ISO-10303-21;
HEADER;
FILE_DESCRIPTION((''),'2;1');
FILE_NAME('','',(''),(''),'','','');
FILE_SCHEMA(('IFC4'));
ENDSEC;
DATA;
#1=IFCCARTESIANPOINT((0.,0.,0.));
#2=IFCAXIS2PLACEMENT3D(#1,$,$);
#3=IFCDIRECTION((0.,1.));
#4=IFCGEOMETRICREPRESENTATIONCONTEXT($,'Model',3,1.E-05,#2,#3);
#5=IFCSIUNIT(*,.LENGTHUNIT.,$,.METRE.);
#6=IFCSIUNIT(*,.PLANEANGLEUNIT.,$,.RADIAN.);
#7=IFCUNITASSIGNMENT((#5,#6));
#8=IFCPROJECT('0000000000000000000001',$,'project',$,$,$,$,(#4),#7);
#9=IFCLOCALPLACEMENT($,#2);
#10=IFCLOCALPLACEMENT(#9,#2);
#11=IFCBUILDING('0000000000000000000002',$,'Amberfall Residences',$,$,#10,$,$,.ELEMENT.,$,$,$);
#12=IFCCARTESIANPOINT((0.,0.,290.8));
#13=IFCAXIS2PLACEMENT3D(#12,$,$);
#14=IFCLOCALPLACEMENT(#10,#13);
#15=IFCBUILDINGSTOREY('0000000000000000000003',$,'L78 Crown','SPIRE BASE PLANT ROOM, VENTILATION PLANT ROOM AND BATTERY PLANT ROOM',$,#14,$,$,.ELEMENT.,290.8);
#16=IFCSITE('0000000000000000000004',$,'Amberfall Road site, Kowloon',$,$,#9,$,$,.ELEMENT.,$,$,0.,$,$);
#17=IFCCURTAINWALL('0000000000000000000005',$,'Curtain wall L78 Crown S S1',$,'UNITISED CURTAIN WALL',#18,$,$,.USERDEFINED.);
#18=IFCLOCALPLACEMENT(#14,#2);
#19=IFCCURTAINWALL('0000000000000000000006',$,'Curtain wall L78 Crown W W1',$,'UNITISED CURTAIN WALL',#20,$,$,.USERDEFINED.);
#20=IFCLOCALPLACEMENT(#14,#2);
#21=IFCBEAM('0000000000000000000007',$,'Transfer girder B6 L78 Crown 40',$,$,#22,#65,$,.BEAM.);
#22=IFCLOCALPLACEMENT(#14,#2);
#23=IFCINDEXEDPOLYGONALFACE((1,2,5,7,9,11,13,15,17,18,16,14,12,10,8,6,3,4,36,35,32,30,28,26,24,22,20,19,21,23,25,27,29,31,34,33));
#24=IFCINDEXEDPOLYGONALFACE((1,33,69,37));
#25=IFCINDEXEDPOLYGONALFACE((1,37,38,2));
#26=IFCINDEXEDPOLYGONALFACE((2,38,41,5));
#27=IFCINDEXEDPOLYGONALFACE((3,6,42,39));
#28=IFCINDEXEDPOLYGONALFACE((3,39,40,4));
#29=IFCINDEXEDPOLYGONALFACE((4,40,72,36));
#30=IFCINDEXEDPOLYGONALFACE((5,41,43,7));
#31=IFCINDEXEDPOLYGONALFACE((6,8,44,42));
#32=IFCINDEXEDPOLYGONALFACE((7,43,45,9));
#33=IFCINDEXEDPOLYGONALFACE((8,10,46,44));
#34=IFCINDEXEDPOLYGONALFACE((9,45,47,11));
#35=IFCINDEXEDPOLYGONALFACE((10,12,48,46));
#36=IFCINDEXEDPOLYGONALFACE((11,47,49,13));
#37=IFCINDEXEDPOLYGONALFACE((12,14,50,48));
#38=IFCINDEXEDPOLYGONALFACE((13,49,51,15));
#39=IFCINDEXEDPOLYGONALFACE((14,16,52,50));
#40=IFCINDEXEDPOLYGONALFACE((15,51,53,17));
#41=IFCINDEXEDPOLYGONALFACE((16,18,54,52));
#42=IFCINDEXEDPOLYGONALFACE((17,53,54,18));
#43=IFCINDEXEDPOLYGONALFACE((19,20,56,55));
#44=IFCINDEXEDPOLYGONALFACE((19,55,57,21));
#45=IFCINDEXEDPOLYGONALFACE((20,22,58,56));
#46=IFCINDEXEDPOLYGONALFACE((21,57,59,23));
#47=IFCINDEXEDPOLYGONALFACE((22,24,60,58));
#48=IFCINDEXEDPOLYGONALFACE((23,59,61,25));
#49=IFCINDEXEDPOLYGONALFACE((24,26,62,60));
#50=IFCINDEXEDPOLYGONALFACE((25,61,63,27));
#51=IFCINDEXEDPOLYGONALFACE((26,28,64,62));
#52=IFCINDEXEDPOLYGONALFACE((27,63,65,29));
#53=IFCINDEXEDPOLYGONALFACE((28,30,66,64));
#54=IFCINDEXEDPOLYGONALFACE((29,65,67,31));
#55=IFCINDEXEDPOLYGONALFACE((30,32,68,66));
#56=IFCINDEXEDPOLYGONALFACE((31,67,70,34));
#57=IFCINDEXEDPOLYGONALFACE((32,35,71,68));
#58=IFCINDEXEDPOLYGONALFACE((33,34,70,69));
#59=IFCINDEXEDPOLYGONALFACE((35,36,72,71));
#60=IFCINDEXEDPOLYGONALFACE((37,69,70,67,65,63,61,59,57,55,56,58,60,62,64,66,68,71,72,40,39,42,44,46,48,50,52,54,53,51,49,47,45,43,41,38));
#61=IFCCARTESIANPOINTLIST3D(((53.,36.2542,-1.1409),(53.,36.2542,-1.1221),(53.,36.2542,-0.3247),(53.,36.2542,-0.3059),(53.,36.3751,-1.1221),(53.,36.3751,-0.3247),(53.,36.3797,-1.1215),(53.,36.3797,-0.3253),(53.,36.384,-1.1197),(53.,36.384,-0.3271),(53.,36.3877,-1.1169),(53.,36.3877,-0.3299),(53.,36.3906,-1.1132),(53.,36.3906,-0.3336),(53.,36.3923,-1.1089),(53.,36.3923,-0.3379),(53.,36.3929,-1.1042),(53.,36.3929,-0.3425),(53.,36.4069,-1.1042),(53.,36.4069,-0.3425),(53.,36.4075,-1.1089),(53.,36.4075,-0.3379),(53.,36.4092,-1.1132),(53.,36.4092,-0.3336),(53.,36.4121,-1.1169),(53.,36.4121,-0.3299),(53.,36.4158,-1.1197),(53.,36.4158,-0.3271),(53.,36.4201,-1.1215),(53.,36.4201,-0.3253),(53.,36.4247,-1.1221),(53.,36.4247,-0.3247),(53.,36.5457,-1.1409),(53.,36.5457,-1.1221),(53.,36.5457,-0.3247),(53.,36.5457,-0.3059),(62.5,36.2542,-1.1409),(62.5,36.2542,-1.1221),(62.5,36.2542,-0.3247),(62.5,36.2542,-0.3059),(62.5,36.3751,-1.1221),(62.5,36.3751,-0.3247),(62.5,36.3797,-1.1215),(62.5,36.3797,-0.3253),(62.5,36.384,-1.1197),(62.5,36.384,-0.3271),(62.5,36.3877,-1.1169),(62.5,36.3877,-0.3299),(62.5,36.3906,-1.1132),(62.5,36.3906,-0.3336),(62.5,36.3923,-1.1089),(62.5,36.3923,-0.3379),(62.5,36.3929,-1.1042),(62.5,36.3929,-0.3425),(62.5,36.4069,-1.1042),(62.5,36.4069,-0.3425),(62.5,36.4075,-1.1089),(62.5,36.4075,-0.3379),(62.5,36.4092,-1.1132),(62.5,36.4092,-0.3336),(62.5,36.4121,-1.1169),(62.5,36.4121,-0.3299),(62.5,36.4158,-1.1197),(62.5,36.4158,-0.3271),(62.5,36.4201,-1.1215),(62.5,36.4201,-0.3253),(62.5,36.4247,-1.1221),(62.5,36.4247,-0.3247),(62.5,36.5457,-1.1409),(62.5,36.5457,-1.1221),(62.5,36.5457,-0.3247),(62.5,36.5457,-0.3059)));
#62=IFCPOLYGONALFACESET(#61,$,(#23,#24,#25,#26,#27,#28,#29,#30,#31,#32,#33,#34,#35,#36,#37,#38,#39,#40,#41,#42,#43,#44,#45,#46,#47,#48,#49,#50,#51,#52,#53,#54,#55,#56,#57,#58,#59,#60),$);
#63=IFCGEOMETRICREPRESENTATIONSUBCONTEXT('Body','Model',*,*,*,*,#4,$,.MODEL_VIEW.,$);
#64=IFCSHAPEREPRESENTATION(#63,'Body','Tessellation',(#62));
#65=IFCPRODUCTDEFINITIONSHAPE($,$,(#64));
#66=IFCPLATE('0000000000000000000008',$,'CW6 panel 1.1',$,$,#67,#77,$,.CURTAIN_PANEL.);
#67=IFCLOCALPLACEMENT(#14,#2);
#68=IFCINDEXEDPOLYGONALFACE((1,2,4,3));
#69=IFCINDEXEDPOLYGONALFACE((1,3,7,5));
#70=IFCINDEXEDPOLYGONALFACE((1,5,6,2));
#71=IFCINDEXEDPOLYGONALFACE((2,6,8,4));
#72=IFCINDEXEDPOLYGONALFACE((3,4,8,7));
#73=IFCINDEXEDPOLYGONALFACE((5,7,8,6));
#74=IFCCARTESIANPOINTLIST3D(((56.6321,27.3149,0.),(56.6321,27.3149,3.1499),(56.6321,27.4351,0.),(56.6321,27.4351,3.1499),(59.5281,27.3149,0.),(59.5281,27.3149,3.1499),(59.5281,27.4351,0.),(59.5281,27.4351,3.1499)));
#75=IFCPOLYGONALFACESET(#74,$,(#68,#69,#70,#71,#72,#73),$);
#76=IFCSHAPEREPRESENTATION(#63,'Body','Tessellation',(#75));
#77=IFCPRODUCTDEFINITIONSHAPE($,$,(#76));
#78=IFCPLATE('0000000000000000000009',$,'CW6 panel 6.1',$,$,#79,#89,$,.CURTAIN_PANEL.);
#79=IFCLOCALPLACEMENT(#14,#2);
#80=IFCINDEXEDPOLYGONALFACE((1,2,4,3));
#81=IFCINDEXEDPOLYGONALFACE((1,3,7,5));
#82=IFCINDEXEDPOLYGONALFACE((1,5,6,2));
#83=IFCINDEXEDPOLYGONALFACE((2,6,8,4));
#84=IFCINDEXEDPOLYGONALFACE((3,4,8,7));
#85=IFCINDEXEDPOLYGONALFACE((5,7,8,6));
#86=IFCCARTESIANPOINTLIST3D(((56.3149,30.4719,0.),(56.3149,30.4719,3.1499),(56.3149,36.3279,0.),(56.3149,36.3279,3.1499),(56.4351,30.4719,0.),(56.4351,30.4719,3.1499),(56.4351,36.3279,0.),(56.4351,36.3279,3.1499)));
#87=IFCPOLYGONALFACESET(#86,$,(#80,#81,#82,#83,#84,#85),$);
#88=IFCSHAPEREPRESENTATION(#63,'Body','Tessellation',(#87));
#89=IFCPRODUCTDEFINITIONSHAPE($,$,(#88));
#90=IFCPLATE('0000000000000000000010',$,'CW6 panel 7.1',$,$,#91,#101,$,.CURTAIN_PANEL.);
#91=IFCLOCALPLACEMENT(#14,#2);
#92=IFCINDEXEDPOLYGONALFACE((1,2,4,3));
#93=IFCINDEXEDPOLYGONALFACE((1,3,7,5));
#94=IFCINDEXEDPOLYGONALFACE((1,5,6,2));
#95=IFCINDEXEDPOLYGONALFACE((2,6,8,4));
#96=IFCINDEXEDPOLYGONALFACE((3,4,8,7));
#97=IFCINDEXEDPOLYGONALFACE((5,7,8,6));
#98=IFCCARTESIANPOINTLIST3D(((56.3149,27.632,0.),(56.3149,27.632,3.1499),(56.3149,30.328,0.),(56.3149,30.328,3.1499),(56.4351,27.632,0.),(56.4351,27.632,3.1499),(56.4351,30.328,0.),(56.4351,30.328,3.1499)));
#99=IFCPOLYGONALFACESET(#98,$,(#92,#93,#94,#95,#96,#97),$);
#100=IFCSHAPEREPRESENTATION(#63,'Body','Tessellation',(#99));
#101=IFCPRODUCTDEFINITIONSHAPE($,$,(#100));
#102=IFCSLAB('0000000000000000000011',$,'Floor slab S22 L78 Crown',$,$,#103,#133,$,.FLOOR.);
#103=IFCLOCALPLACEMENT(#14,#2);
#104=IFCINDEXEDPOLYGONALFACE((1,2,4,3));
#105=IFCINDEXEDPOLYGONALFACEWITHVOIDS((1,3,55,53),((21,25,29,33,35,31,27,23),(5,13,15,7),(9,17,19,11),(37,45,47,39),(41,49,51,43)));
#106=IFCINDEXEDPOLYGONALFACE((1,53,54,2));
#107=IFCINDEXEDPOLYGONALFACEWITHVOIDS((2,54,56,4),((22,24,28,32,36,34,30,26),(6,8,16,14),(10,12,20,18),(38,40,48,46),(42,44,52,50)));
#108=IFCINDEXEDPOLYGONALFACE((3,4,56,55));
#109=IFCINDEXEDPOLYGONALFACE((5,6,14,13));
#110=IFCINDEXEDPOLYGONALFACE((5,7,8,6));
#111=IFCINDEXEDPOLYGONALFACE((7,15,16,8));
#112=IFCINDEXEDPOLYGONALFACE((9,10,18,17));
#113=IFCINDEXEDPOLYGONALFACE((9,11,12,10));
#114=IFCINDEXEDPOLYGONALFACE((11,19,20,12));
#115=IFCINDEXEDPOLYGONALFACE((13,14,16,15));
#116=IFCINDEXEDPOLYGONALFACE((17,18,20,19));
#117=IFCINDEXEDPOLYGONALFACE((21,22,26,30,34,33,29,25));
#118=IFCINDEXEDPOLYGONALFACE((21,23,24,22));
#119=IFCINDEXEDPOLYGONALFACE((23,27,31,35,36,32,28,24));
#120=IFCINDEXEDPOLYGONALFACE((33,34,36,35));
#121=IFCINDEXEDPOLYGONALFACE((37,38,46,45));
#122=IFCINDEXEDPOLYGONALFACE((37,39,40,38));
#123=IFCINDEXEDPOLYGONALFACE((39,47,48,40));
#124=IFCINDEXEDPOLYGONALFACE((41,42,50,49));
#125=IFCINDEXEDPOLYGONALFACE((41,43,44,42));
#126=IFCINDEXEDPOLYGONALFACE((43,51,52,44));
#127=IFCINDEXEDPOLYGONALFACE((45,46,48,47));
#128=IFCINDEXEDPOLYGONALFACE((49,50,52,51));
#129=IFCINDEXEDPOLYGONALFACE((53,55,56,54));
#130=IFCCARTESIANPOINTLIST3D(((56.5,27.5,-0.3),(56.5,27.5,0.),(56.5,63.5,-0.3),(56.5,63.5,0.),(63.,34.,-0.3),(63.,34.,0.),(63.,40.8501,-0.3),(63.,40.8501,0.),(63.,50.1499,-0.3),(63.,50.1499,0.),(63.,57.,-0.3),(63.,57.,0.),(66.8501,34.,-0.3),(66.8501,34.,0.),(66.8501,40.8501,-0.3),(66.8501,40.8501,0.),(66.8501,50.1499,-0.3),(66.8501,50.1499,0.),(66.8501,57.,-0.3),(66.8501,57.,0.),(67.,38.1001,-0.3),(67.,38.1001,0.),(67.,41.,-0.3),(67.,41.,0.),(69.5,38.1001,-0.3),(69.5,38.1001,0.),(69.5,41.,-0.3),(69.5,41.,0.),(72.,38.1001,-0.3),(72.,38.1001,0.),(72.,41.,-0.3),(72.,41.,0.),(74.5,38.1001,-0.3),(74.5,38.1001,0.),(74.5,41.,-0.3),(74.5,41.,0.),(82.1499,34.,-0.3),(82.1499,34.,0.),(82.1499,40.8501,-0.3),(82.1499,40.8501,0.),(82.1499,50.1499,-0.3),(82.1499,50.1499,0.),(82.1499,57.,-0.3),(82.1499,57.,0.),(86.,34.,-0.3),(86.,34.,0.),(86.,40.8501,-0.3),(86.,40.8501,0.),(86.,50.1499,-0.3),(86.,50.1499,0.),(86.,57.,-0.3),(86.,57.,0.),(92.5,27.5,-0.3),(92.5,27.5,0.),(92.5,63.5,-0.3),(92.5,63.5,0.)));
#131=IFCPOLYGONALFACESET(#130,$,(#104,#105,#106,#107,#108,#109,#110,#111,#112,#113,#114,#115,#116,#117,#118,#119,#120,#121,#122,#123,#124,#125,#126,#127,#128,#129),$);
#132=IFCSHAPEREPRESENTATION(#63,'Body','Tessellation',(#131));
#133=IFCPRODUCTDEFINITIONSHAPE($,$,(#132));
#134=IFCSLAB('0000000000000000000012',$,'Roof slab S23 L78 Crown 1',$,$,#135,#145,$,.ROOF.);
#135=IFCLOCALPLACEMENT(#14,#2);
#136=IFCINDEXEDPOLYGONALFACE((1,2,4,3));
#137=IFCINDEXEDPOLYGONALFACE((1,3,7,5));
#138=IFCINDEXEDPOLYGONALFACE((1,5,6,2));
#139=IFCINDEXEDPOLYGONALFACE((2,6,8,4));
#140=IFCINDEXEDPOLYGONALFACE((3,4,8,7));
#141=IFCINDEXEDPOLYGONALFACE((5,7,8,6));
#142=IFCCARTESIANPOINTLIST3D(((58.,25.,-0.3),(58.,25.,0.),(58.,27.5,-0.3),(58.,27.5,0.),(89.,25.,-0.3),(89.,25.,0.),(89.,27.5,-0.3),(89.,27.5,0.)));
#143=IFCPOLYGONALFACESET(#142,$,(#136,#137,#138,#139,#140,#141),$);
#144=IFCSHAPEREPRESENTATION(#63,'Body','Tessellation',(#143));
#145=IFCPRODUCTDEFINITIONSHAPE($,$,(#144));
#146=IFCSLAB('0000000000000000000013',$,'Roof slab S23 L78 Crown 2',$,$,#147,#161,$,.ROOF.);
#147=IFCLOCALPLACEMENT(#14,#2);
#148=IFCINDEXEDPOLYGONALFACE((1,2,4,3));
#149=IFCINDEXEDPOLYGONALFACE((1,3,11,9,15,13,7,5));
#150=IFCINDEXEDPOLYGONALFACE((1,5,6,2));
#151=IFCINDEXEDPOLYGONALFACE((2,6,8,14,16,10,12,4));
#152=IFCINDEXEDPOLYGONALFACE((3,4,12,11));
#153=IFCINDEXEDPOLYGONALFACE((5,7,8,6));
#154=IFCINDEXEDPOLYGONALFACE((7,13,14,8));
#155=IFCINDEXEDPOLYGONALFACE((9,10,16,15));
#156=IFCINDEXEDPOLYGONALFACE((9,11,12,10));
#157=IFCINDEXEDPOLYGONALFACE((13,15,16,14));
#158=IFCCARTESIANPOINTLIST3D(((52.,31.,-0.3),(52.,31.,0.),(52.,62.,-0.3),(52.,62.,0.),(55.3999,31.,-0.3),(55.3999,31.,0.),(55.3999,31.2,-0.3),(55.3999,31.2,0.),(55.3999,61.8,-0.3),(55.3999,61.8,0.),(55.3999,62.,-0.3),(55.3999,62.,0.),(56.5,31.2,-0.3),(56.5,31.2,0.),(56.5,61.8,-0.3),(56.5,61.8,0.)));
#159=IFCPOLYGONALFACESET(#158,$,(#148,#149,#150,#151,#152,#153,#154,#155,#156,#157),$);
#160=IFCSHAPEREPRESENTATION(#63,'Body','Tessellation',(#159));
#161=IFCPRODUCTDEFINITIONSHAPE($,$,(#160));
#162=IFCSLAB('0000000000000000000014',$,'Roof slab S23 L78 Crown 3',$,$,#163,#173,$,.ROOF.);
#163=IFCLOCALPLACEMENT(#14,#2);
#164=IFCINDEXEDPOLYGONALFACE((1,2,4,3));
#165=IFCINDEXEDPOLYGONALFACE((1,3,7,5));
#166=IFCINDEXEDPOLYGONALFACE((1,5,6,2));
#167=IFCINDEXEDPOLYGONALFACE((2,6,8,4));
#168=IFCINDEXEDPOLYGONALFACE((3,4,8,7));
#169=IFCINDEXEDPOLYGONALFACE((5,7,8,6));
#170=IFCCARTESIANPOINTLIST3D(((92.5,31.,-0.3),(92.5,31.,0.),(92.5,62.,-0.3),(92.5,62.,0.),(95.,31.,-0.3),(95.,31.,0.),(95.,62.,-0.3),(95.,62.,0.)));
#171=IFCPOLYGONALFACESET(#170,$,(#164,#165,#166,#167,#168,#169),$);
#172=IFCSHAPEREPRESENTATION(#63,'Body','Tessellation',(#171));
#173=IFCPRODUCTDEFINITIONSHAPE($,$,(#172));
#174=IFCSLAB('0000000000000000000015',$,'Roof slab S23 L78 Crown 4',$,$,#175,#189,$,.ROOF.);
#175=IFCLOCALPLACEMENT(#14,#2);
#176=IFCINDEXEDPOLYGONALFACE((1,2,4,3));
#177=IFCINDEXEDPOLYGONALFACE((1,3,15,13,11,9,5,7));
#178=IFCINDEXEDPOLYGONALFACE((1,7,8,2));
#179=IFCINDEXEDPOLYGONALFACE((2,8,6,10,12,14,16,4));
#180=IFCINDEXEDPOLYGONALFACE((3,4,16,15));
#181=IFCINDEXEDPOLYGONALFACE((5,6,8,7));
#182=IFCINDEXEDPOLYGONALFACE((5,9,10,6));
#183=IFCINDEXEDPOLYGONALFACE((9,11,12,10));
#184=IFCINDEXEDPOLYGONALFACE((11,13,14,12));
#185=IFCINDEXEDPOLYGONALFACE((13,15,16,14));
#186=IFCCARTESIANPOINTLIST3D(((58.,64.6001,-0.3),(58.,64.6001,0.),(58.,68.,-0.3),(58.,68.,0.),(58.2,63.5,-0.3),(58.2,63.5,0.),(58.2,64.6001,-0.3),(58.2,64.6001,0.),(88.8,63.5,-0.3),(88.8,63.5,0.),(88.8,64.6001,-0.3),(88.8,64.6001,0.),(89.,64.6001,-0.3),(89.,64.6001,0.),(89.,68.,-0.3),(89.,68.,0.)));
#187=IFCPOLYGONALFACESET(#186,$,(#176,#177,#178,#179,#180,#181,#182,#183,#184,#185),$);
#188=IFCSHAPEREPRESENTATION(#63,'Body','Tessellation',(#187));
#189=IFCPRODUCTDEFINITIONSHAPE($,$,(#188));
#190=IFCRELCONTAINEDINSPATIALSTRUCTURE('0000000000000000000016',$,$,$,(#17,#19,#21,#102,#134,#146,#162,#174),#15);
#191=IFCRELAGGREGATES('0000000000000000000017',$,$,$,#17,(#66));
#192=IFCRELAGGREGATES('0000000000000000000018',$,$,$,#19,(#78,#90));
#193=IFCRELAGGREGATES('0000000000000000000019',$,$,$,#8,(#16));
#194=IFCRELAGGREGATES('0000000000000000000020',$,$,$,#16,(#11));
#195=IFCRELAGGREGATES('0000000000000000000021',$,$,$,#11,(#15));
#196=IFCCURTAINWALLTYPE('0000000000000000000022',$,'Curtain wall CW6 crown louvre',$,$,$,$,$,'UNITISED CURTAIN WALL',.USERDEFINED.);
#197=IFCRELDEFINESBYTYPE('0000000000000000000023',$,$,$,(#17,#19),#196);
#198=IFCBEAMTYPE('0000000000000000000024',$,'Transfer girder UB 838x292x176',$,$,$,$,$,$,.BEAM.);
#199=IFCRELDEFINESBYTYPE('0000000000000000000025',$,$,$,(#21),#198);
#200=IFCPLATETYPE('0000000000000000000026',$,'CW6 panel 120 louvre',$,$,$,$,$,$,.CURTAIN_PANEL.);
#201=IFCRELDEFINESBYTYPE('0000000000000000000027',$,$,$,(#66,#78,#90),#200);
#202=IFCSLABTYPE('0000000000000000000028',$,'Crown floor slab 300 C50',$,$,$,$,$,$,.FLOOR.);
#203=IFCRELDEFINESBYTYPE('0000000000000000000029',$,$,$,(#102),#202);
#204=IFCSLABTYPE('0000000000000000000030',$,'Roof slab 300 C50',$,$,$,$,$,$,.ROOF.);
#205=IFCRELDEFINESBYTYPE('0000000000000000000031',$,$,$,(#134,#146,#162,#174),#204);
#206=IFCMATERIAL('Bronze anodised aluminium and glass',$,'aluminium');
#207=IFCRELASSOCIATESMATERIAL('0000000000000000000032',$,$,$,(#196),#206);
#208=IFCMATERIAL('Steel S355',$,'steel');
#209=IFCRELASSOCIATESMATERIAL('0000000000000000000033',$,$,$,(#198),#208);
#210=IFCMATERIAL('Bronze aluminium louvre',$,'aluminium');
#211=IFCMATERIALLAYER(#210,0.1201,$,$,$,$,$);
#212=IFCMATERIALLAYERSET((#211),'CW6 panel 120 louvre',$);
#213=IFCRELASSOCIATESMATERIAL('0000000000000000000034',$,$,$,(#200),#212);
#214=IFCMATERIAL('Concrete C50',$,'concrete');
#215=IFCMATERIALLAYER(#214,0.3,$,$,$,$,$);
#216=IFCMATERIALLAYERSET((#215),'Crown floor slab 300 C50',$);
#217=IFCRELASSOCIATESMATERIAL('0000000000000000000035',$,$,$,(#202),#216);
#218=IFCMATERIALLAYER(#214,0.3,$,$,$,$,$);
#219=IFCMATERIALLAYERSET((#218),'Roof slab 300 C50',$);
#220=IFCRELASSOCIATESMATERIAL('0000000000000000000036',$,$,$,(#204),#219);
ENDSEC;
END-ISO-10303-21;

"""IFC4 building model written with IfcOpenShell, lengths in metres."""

from ifc_helpers import new_model, si_unit, direction, frame, origin, origin_2d, place, context, subcontext, project, spatial, polyline, rectangle, i_section, outline, extrude, material, layer, layer_set, material_profile, profile_set, type_object, element, aggregate, save


model = new_model("IFC4")

# Units and contexts
model_context = context("Model", 3, precision=1e-05, world=origin(), true_north=direction((0.0, 1.0)))
body_context = subcontext(model_context, "Body", "Model", "MODEL_VIEW")
ifc_project = project(units=[si_unit("LENGTHUNIT", "METRE"), si_unit("PLANEANGLEUNIT", "RADIAN")], contexts=[model_context])

# Site, building, storey
site_placement = place(None, origin())
site = spatial("IfcSite", under=ifc_project, at=site_placement, Name="Amberfall Road site, Kowloon", CompositionType="ELEMENT", RefElevation=0.0)
building_placement = place(site_placement, origin())
building = spatial("IfcBuilding", under=site, at=building_placement, Name="Amberfall Residences", CompositionType="ELEMENT")
storey_placement = place(building_placement, frame((0.0, 0.0, 290.8)))
storey = spatial("IfcBuildingStorey", under=building, at=storey_placement, Name="L78 Crown", Description="SPIRE BASE PLANT ROOM, VENTILATION PLANT ROOM AND BATTERY PLANT ROOM", CompositionType="ELEMENT", Elevation=290.8)

# Shared definitions
ifc_material_1 = material(Name="Concrete C50", Category="concrete")

# Shared definitions
ifc_material_2 = material(Name="Steel S355", Category="steel")

# Curtain wall
ifc_material_3 = material(Name="Bronze anodised aluminium and glass", Category="aluminium")
curtain_wall_type = type_object("IfcCurtainWallType", Name="Curtain wall CW6 crown louvre", ElementType="UNITISED CURTAIN WALL", PredefinedType="USERDEFINED", material=ifc_material_3)
curtain_wall_1_placement = place(storey_placement, origin())
curtain_wall_1 = element("IfcCurtainWall", 1, at=curtain_wall_1_placement, inside=storey, type_object=curtain_wall_type, Name="Curtain wall L78 Crown S S1", ObjectType="UNITISED CURTAIN WALL", PredefinedType="USERDEFINED")

# Curtain wall
curtain_wall_2_placement = place(storey_placement, origin())
curtain_wall_2 = element("IfcCurtainWall", 2, at=curtain_wall_2_placement, inside=storey, type_object=curtain_wall_type, Name="Curtain wall L78 Crown W W1", ObjectType="UNITISED CURTAIN WALL", PredefinedType="USERDEFINED")

# Beam
ifc_material_profile_1 = material_profile(ifc_material_2, i_section(OverallWidth=0.2915, OverallDepth=0.835, WebThickness=0.0139, FlangeThickness=0.0188, FilletRadius=0.0178, at=origin_2d()), Name="UB 838x292x176")
ifc_profile_set_1 = profile_set([ifc_material_profile_1], Name="Steel S355")
beam_type_1 = type_object("IfcBeamType", Name="Transfer girder UB 838x292x176", PredefinedType="BEAM", material=ifc_profile_set_1)
beam_1_placement = place(storey_placement, frame((53.0, 36.3999, -0.7234), z_axis=(1.0, 0.0, 0.0), x_axis=(0.0, 1.0, 0.0)))
element("IfcBeam", 3, at=beam_1_placement, inside=storey, type_object=beam_type_1, Name="Transfer girder B6 L78 Crown 40", PredefinedType="BEAM", context=body_context, shape_type="SweptSolid", body=[
    extrude(i_section(OverallWidth=0.2915, OverallDepth=0.835, WebThickness=0.0139, FlangeThickness=0.0188, FilletRadius=0.0178, at=origin_2d()), origin(), (0.0, 0.0, 1.0), 9.5),
])

# Plates
ifc_material_4 = material(Name="Bronze aluminium louvre", Category="aluminium")
ifc_layer_1 = layer(ifc_material_4, 0.1201)
ifc_layer_set_1 = layer_set([ifc_layer_1], Name="CW6 panel 120 louvre")
plate_type = type_object("IfcPlateType", Name="CW6 panel 120 louvre", PredefinedType="CURTAIN_PANEL", material=ifc_layer_set_1)
plate_1_placement = place(storey_placement, frame((58.0801, 27.375, 0.0), z_axis=(0.0, 0.0, 1.0), x_axis=(1.0, 0.0, 0.0)))
plate_1 = element("IfcPlate", 4, at=plate_1_placement, type_object=plate_type, Name="CW6 panel 1.1", PredefinedType="CURTAIN_PANEL", context=body_context, shape_type="SweptSolid", body=[
    extrude(rectangle(XDim=2.896, YDim=0.1201, at=origin_2d()), origin(), (0.0, 0.0, 1.0), 3.1499),
])
aggregate(curtain_wall_1, [plate_1])
plate_2_placement = place(storey_placement, frame((56.375, 33.3999, 0.0), z_axis=(0.0, 0.0, 1.0), x_axis=(0.0, -1.0, 0.0)))
plate_2 = element("IfcPlate", 5, at=plate_2_placement, type_object=plate_type, Name="CW6 panel 6.1", PredefinedType="CURTAIN_PANEL", context=body_context, shape_type="SweptSolid", body=[
    extrude(rectangle(XDim=5.856, YDim=0.1201, at=origin_2d()), origin(), (0.0, 0.0, 1.0), 3.1499),
])
plate_3_placement = place(storey_placement, frame((56.375, 28.98, 0.0), z_axis=(0.0, 0.0, 1.0), x_axis=(0.0, -1.0, 0.0)))
plate_3 = element("IfcPlate", 6, at=plate_3_placement, type_object=plate_type, Name="CW6 panel 7.1", PredefinedType="CURTAIN_PANEL", context=body_context, shape_type="SweptSolid", body=[
    extrude(rectangle(XDim=2.696, YDim=0.1201, at=origin_2d()), origin(), (0.0, 0.0, 1.0), 3.1499),
])
aggregate(curtain_wall_2, [plate_2, plate_3])

# Slabs
ifc_layer_2 = layer(ifc_material_1, 0.3)
ifc_layer_set_2 = layer_set([ifc_layer_2], Name="Crown floor slab 300 C50")
slab_type_1 = type_object("IfcSlabType", Name="Crown floor slab 300 C50", PredefinedType="FLOOR", material=ifc_layer_set_2)
slab_1_placement = place(storey_placement, frame((0.0, 0.0, -0.3)))
element("IfcSlab", 7, at=slab_1_placement, inside=storey, type_object=slab_type_1, Name="Floor slab S22 L78 Crown", PredefinedType="FLOOR", context=body_context, shape_type="SweptSolid", body=[
    extrude(outline(polyline([(56.5, 63.5), (92.5, 63.5), (92.5, 27.5), (56.5, 27.5), (56.5, 63.5)]), holes=[polyline([(86.0, 40.8501), (82.1499, 40.8501), (82.1499, 34.0), (86.0, 34.0), (86.0, 40.8501)]), polyline([(86.0, 57.0), (82.1499, 57.0), (82.1499, 50.1499), (86.0, 50.1499), (86.0, 57.0)]), polyline([(69.5, 38.1001), (72.0, 38.1001), (74.5, 38.1001), (74.5, 41.0), (72.0, 41.0), (69.5, 41.0), (67.0, 41.0), (67.0, 38.1001), (69.5, 38.1001)]), polyline([(63.0, 40.8501), (63.0, 34.0), (66.8501, 34.0), (66.8501, 40.8501), (63.0, 40.8501)]), polyline([(66.8501, 57.0), (63.0, 57.0), (63.0, 50.1499), (66.8501, 50.1499), (66.8501, 57.0)])]), origin(), (0.0, 0.0, 1.0), 0.3),
])
ifc_layer_3 = layer(ifc_material_1, 0.3)
ifc_layer_set_3 = layer_set([ifc_layer_3], Name="Roof slab 300 C50")
slab_type_2 = type_object("IfcSlabType", Name="Roof slab 300 C50", PredefinedType="ROOF", material=ifc_layer_set_3)
slab_2_placement = place(storey_placement, frame((0.0, 0.0, -0.3)))
element("IfcSlab", 8, at=slab_2_placement, inside=storey, type_object=slab_type_2, Name="Roof slab S23 L78 Crown 1", PredefinedType="ROOF", context=body_context, shape_type="SweptSolid", body=[
    extrude(outline(polyline([(58.0, 25.0), (58.0, 27.5), (89.0, 27.5), (89.0, 25.0), (58.0, 25.0)])), origin(), (0.0, 0.0, 1.0), 0.3),
])
slab_3_placement = place(storey_placement, frame((0.0, 0.0, -0.3)))
element("IfcSlab", 9, at=slab_3_placement, inside=storey, type_object=slab_type_2, Name="Roof slab S23 L78 Crown 2", PredefinedType="ROOF", context=body_context, shape_type="SweptSolid", body=[
    extrude(outline(polyline([(52.0, 62.0), (55.3999, 62.0), (55.3999, 61.8), (56.5, 61.8), (56.5, 31.2), (55.3999, 31.2), (55.3999, 31.0), (52.0, 31.0), (52.0, 62.0)])), origin(), (0.0, 0.0, 1.0), 0.3),
])
slab_4_placement = place(storey_placement, frame((0.0, 0.0, -0.3)))
element("IfcSlab", 10, at=slab_4_placement, inside=storey, type_object=slab_type_2, Name="Roof slab S23 L78 Crown 3", PredefinedType="ROOF", context=body_context, shape_type="SweptSolid", body=[
    extrude(outline(polyline([(92.5, 62.0), (95.0, 62.0), (95.0, 31.0), (92.5, 31.0), (92.5, 62.0)])), origin(), (0.0, 0.0, 1.0), 0.3),
])
slab_5_placement = place(storey_placement, frame((0.0, 0.0, -0.3)))
element("IfcSlab", 11, at=slab_5_placement, inside=storey, type_object=slab_type_2, Name="Roof slab S23 L78 Crown 4", PredefinedType="ROOF", context=body_context, shape_type="SweptSolid", body=[
    extrude(outline(polyline([(89.0, 68.0), (89.0, 64.6001), (88.8, 64.6001), (88.8, 63.5), (58.2, 63.5), (58.2, 64.6001), (58.0, 64.6001), (58.0, 68.0), (89.0, 68.0)])), origin(), (0.0, 0.0, 1.0), 0.3),
])

save(model, "model.ifc")
